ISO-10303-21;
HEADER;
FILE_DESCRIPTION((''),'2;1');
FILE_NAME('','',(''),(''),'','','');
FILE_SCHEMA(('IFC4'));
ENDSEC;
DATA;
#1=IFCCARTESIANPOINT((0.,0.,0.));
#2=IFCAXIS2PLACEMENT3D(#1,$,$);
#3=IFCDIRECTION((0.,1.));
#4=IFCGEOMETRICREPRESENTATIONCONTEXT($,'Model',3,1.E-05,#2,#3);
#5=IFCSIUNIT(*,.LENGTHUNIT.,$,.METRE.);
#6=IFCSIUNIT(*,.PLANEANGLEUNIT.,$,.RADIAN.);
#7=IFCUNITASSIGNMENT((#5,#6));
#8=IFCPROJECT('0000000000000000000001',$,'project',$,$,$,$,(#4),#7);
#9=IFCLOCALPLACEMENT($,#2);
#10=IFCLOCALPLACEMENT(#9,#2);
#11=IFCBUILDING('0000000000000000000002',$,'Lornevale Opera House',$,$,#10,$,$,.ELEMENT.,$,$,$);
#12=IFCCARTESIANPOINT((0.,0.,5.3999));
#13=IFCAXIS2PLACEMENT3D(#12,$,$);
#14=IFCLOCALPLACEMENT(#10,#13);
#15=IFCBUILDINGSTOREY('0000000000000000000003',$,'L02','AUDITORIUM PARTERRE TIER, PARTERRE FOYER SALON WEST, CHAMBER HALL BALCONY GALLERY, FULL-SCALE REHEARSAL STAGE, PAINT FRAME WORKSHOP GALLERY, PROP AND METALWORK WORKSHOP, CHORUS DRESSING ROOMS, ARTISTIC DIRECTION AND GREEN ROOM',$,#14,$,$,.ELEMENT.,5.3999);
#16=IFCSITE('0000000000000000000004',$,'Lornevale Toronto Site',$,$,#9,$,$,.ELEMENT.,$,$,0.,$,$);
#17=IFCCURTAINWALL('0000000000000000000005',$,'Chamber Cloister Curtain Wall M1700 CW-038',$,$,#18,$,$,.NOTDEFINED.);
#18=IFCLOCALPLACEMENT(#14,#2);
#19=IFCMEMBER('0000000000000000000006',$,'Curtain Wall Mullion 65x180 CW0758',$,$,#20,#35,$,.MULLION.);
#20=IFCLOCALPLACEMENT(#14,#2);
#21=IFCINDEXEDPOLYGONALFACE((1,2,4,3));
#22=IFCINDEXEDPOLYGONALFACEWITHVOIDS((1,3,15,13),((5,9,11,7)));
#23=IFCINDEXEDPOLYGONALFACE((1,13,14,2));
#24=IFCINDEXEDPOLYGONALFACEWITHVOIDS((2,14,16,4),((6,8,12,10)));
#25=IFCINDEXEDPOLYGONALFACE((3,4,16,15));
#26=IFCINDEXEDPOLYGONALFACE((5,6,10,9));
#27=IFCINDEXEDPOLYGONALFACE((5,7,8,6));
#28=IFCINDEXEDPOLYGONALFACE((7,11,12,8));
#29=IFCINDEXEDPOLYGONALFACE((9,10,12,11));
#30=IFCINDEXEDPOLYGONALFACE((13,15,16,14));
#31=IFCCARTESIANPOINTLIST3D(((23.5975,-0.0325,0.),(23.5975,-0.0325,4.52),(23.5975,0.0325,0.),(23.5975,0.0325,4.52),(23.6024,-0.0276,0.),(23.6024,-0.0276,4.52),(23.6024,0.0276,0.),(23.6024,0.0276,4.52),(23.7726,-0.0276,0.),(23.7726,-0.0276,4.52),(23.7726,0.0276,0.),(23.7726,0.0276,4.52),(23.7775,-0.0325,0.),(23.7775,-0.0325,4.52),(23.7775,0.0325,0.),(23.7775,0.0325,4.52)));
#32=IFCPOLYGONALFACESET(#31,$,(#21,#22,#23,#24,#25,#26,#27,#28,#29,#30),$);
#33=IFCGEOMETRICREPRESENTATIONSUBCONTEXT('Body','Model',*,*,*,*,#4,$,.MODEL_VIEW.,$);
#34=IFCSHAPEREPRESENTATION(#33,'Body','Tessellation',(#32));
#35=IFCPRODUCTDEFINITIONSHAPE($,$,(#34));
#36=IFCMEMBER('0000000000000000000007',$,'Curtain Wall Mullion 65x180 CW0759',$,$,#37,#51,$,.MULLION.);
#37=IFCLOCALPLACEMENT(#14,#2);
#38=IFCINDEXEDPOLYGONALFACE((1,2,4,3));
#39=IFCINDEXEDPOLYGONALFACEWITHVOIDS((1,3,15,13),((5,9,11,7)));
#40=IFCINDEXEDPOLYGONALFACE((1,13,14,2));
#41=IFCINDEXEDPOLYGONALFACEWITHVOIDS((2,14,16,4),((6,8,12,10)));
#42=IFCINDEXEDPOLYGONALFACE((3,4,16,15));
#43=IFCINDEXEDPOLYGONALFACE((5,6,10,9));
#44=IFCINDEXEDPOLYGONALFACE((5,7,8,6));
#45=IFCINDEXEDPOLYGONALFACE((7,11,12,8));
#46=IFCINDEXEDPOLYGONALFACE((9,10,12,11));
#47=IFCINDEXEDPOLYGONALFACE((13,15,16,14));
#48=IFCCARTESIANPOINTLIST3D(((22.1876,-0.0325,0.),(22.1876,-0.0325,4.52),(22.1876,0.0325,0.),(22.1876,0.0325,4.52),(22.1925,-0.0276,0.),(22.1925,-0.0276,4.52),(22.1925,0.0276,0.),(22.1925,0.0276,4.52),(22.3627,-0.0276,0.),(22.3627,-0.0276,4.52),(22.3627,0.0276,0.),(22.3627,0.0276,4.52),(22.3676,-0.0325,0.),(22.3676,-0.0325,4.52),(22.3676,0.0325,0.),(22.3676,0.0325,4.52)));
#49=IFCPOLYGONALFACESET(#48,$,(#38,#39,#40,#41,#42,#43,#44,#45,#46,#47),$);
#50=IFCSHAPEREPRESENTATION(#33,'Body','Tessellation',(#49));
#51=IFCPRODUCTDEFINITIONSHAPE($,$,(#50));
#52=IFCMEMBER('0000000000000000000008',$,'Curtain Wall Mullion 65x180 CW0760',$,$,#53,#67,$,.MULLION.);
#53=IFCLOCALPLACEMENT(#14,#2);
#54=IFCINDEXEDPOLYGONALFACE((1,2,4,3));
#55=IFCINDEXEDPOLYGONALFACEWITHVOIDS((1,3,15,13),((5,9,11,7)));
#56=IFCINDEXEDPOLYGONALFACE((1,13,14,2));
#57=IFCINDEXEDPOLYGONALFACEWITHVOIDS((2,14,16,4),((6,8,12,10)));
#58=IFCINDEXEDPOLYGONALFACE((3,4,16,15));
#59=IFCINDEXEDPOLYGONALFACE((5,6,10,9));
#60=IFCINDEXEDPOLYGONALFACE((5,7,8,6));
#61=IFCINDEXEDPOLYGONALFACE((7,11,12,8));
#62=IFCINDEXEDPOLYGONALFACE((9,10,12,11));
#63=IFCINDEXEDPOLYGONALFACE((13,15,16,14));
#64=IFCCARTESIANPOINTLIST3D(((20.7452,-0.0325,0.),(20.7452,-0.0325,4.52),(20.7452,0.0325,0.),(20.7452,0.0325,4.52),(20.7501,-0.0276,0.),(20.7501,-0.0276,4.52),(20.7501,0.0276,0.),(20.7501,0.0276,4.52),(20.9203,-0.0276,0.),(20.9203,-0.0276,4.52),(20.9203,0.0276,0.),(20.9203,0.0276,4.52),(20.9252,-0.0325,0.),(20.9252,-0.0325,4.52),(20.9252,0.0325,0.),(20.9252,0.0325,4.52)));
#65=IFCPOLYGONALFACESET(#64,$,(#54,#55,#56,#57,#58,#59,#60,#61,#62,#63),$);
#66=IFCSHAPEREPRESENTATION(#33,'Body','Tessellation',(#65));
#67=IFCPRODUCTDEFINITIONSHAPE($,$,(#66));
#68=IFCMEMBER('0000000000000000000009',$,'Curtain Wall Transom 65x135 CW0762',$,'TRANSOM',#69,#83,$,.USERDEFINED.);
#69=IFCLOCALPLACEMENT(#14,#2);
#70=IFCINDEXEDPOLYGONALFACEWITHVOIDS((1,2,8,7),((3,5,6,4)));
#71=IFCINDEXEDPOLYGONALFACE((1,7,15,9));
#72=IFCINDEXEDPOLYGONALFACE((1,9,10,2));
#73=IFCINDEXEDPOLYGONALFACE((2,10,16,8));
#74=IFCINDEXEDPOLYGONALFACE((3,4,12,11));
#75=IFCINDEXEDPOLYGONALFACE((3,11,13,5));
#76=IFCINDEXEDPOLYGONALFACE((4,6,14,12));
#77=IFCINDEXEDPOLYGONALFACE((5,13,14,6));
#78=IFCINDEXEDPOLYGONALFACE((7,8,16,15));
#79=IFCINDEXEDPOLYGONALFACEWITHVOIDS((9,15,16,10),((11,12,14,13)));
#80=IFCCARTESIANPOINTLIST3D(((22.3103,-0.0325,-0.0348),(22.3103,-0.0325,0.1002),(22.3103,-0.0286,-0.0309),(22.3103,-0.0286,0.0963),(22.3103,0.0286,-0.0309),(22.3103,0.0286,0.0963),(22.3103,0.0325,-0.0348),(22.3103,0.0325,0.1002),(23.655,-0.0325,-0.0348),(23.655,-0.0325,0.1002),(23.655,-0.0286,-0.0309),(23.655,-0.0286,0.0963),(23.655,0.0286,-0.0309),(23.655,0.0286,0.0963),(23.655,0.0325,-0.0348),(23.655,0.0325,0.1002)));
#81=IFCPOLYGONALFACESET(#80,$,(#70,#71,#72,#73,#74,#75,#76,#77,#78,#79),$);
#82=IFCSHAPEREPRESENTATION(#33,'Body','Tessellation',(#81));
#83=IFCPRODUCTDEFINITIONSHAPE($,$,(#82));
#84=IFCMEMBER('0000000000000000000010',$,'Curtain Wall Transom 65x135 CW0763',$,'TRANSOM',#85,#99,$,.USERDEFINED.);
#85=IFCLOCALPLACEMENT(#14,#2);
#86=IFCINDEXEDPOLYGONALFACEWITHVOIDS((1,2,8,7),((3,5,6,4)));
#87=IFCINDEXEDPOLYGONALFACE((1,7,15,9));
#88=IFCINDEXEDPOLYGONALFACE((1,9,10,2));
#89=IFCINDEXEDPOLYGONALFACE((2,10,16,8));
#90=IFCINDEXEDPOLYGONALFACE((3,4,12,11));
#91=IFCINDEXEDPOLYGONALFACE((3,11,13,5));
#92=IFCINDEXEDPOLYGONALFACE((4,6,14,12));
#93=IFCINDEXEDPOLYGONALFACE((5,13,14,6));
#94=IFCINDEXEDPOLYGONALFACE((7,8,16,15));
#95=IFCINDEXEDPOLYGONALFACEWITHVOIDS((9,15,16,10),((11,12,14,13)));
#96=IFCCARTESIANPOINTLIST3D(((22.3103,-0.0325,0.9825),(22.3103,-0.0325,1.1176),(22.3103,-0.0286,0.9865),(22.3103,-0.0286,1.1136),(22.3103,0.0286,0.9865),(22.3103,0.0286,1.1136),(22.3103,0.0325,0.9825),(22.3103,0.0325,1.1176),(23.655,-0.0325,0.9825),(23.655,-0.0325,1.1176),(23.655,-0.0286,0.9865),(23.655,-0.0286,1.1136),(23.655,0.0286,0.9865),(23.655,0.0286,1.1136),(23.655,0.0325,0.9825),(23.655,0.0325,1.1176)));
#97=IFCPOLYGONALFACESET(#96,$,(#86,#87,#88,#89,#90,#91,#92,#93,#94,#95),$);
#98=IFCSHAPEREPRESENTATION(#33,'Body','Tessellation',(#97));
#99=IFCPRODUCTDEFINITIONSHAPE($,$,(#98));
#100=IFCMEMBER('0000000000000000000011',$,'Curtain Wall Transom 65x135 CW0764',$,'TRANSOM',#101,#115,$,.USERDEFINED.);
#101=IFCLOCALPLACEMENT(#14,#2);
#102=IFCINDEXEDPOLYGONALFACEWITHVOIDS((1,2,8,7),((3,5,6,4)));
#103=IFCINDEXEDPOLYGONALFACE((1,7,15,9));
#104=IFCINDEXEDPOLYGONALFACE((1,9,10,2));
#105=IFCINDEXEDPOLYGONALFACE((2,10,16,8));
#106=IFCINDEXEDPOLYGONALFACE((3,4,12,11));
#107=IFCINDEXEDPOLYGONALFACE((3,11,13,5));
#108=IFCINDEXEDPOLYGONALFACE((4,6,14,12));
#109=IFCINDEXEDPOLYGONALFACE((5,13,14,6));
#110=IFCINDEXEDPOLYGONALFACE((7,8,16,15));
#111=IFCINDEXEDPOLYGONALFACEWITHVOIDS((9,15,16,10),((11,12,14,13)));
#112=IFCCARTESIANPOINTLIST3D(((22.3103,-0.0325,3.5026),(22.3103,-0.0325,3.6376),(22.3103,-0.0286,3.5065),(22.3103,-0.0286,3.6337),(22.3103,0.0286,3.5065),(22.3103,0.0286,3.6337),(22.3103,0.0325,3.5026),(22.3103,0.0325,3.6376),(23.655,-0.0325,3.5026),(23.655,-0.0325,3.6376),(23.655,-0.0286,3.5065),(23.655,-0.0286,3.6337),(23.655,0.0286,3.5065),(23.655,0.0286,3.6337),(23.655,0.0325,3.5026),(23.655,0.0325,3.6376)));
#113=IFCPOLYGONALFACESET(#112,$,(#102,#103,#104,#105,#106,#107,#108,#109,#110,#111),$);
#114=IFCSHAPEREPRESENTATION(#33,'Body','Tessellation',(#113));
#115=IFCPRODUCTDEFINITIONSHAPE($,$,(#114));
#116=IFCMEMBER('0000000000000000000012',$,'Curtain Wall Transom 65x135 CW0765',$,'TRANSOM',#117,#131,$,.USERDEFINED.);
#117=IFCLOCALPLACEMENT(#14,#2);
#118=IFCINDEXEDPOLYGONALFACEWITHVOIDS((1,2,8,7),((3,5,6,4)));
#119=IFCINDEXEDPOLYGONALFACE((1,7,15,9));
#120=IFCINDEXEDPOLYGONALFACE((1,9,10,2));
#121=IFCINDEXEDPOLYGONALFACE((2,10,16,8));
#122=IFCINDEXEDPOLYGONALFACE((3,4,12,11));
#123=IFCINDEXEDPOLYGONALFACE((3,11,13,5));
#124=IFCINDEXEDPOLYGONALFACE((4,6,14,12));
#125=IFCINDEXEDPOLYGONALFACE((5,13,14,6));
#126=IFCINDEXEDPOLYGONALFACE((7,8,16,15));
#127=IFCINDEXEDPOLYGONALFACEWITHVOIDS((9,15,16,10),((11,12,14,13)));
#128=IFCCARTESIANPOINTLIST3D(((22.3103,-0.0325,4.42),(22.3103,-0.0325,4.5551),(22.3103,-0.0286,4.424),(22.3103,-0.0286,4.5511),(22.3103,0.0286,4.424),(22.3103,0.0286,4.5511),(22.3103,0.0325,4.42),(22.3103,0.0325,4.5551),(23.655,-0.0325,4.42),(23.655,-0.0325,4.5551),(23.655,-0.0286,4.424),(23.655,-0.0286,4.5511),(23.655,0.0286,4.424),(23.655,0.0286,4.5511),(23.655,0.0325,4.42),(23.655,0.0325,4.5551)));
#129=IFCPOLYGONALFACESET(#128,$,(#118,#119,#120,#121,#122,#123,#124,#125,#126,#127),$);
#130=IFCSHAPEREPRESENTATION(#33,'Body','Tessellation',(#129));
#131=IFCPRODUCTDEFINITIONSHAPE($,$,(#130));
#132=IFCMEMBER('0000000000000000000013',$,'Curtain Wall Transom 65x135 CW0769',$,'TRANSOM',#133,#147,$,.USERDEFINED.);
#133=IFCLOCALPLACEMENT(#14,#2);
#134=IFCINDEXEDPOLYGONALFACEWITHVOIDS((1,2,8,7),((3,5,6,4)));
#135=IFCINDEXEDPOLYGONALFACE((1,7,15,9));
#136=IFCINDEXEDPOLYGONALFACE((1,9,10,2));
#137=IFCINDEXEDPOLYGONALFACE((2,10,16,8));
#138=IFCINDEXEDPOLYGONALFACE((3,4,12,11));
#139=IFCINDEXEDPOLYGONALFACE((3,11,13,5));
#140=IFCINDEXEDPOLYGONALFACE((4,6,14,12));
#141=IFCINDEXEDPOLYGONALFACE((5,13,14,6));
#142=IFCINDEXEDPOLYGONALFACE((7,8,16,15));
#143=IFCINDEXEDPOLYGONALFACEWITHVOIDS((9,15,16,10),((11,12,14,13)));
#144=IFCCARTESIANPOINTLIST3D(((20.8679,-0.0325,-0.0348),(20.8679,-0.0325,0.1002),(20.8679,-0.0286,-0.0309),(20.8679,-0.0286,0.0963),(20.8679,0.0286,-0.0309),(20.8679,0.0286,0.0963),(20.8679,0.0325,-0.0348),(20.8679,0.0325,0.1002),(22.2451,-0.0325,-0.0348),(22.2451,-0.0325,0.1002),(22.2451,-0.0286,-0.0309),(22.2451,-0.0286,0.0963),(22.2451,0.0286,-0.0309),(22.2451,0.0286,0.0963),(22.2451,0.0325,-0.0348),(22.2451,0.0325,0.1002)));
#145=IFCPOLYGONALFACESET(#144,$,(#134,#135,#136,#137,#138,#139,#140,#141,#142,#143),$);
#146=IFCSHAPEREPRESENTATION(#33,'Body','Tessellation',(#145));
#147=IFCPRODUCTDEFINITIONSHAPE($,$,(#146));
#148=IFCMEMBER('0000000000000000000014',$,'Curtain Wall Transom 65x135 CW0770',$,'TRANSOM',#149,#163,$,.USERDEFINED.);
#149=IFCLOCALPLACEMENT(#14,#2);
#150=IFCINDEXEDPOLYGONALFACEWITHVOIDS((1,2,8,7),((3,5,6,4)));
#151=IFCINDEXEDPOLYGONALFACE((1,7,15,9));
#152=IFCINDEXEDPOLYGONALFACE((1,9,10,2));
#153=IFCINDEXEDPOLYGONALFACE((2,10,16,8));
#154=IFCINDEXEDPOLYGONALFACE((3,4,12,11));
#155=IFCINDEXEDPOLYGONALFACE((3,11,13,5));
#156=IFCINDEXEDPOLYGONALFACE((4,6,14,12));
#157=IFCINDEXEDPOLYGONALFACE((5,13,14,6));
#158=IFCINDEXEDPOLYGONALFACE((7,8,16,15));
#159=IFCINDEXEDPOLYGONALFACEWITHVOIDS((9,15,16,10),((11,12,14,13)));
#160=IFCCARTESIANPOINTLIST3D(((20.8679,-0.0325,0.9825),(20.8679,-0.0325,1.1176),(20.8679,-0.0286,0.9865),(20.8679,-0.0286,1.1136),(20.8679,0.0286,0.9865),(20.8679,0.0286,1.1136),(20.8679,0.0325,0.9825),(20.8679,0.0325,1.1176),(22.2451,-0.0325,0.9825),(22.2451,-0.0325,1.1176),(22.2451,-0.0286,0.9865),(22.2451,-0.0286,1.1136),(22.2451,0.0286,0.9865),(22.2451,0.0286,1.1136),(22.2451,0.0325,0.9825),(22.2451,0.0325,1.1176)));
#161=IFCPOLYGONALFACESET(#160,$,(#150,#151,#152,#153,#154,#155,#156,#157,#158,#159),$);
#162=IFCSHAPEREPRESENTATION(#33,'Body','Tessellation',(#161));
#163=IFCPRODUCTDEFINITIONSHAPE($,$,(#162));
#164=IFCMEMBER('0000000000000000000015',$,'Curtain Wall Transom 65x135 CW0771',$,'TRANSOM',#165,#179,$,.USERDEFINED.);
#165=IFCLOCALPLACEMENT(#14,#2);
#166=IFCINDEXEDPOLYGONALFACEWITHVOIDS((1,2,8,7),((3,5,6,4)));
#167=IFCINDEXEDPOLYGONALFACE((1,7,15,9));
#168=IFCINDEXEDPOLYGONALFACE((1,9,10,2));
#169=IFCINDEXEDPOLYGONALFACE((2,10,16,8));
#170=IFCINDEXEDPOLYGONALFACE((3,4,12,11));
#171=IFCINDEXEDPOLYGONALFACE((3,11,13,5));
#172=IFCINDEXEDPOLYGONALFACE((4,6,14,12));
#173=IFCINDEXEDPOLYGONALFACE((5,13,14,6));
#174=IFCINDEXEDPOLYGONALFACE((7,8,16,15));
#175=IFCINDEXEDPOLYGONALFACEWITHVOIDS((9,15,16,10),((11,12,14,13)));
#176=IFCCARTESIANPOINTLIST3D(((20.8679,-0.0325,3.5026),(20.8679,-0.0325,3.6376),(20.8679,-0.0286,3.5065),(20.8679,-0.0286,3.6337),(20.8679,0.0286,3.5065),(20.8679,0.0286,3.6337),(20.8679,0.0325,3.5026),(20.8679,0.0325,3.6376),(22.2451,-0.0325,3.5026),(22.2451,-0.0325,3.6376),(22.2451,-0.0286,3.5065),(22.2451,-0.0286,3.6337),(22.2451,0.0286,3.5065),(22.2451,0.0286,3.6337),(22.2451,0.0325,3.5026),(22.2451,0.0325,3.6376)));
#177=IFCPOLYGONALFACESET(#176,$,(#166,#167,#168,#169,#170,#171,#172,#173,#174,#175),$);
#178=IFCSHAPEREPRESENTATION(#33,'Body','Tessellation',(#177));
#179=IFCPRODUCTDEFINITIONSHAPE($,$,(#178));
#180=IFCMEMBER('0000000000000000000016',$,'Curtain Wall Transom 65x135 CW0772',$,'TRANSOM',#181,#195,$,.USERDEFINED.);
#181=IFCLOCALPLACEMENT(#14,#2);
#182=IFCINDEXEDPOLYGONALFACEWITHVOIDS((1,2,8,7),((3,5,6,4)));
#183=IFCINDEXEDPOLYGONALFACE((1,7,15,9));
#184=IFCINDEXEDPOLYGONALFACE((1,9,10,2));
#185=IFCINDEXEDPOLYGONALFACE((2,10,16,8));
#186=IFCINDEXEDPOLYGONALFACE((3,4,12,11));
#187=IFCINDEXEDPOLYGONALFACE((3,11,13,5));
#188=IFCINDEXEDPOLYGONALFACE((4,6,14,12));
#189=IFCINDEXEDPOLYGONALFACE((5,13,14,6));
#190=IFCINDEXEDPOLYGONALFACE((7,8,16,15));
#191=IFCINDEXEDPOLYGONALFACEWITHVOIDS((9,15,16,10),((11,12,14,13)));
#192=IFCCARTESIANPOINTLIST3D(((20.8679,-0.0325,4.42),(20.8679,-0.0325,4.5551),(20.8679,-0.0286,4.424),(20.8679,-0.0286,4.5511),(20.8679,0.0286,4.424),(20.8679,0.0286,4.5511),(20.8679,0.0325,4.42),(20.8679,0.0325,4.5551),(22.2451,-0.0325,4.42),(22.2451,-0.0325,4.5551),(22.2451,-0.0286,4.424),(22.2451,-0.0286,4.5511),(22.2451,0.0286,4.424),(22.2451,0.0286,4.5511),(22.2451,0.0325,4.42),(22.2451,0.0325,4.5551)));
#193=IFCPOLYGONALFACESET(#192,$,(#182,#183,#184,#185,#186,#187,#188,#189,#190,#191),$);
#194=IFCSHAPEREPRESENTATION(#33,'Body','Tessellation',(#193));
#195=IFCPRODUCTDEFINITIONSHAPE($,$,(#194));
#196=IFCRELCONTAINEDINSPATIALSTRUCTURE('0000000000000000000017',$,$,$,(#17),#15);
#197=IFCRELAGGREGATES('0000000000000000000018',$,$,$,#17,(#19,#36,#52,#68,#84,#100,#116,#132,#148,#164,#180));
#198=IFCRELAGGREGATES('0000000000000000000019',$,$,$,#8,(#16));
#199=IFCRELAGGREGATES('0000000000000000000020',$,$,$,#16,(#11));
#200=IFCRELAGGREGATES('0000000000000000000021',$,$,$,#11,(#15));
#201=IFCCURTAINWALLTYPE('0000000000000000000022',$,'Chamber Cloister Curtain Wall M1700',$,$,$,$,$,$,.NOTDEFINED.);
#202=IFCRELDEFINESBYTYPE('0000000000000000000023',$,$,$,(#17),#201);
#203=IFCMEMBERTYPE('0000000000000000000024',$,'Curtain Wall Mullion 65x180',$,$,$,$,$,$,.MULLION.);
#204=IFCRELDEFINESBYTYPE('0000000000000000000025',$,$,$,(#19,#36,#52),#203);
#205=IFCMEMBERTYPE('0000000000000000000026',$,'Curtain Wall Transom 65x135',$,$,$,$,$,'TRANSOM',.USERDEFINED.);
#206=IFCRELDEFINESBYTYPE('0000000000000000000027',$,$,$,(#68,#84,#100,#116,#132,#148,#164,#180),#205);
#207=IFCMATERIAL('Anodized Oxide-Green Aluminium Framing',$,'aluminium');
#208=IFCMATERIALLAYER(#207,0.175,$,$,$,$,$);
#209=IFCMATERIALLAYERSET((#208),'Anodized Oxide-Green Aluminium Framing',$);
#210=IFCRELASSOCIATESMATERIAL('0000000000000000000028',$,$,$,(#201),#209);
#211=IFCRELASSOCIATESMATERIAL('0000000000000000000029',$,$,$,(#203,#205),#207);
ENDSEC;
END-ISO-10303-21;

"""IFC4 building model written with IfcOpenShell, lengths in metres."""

from ifc_helpers import new_model, si_unit, direction, frame, origin, origin_2d, place, context, subcontext, project, spatial, hollow_rectangle, extrude, material, layer, layer_set, material_profile, profile_set, type_object, element, aggregate, save


model = new_model("IFC4")

# Units and contexts
model_context = context("Model", 3, precision=1e-05, world=origin(), true_north=direction((0.0, 1.0)))
body_context = subcontext(model_context, "Body", "Model", "MODEL_VIEW")
ifc_project = project(units=[si_unit("LENGTHUNIT", "METRE"), si_unit("PLANEANGLEUNIT", "RADIAN")], contexts=[model_context])

# Site, building, storey
site_placement = place(None, origin())
site = spatial("IfcSite", under=ifc_project, at=site_placement, Name="Lornevale Toronto Site", CompositionType="ELEMENT", RefElevation=0.0)
building_placement = place(site_placement, origin())
building = spatial("IfcBuilding", under=site, at=building_placement, Name="Lornevale Opera House", CompositionType="ELEMENT")
storey_placement = place(building_placement, frame((0.0, 0.0, 5.3999)))
storey = spatial("IfcBuildingStorey", under=building, at=storey_placement, Name="L02", Description="AUDITORIUM PARTERRE TIER, PARTERRE FOYER SALON WEST, CHAMBER HALL BALCONY GALLERY, FULL-SCALE REHEARSAL STAGE, PAINT FRAME WORKSHOP GALLERY, PROP AND METALWORK WORKSHOP, CHORUS DRESSING ROOMS, ARTISTIC DIRECTION AND GREEN ROOM", CompositionType="ELEMENT", Elevation=5.3999)

# Curtain wall, members
ifc_material_1 = material(Name="Anodized Oxide-Green Aluminium Framing", Category="aluminium")
ifc_layer_1 = layer(ifc_material_1, 0.175)
ifc_layer_set_1 = layer_set([ifc_layer_1], Name="Anodized Oxide-Green Aluminium Framing")
curtain_wall_type = type_object("IfcCurtainWallType", Name="Chamber Cloister Curtain Wall M1700", PredefinedType="NOTDEFINED", material=ifc_layer_set_1)
curtain_wall_placement = place(storey_placement, origin())
curtain_wall = element("IfcCurtainWall", 1, at=curtain_wall_placement, inside=storey, type_object=curtain_wall_type, Name="Chamber Cloister Curtain Wall M1700 CW-038", PredefinedType="NOTDEFINED")
ifc_material_profile_1 = material_profile(ifc_material_1, hollow_rectangle(XDim=0.0649, YDim=0.1799, WallThickness=0.0049, at=origin_2d()), Name="ALU65x180x5")
ifc_profile_set_1 = profile_set([ifc_material_profile_1], Name="Anodized Oxide-Green Aluminium Framing")
member_type_1 = type_object("IfcMemberType", Name="Curtain Wall Mullion 65x180", PredefinedType="MULLION", material=ifc_profile_set_1)
member_1_placement = place(storey_placement, frame((23.6875, 0.0, 0.0), z_axis=(0.0, 0.0, 1.0), x_axis=(0.0, -1.0, 0.0)))
member_1 = element("IfcMember", 2, at=member_1_placement, type_object=member_type_1, Name="Curtain Wall Mullion 65x180 CW0758", PredefinedType="MULLION", context=body_context, shape_type="SweptSolid", body=[
    extrude(hollow_rectangle(XDim=0.0649, YDim=0.1799, WallThickness=0.0049, at=origin_2d()), origin(), (0.0, 0.0, 1.0), 4.52),
])
member_2_placement = place(storey_placement, frame((22.2776, 0.0, 0.0), z_axis=(0.0, 0.0, 1.0), x_axis=(0.0, -1.0, 0.0)))
member_2 = element("IfcMember", 3, at=member_2_placement, type_object=member_type_1, Name="Curtain Wall Mullion 65x180 CW0759", PredefinedType="MULLION", context=body_context, shape_type="SweptSolid", body=[
    extrude(hollow_rectangle(XDim=0.0649, YDim=0.1799, WallThickness=0.0049, at=origin_2d()), origin(), (0.0, 0.0, 1.0), 4.52),
])
member_3_placement = place(storey_placement, frame((20.8352, 0.0, 0.0), z_axis=(0.0, 0.0, 1.0), x_axis=(0.0, -1.0, 0.0)))
member_3 = element("IfcMember", 4, at=member_3_placement, type_object=member_type_1, Name="Curtain Wall Mullion 65x180 CW0760", PredefinedType="MULLION", context=body_context, shape_type="SweptSolid", body=[
    extrude(hollow_rectangle(XDim=0.0649, YDim=0.1799, WallThickness=0.0049, at=origin_2d()), origin(), (0.0, 0.0, 1.0), 4.52),
])
ifc_material_profile_2 = material_profile(ifc_material_1, hollow_rectangle(XDim=0.0649, YDim=0.135, WallThickness=0.0039, at=origin_2d()), Name="ALU65x135x4")
ifc_profile_set_2 = profile_set([ifc_material_profile_2], Name="Anodized Oxide-Green Aluminium Framing")
member_type_2 = type_object("IfcMemberType", Name="Curtain Wall Transom 65x135", ElementType="TRANSOM", PredefinedType="USERDEFINED", material=ifc_profile_set_2)
member_4_placement = place(storey_placement, frame((23.655, 0.0, 0.0327), z_axis=(-1.0, 0.0, 0.0), x_axis=(0.0, -1.0, 0.0)))
member_4 = element("IfcMember", 5, at=member_4_placement, type_object=member_type_2, Name="Curtain Wall Transom 65x135 CW0762", ObjectType="TRANSOM", PredefinedType="USERDEFINED", context=body_context, shape_type="SweptSolid", body=[
    extrude(hollow_rectangle(XDim=0.0649, YDim=0.135, WallThickness=0.0039, at=origin_2d()), origin(), (0.0, 0.0, 1.0), 1.3447),
])
member_5_placement = place(storey_placement, frame((23.655, 0.0, 1.05), z_axis=(-1.0, 0.0, 0.0), x_axis=(0.0, -1.0, 0.0)))
member_5 = element("IfcMember", 6, at=member_5_placement, type_object=member_type_2, Name="Curtain Wall Transom 65x135 CW0763", ObjectType="TRANSOM", PredefinedType="USERDEFINED", context=body_context, shape_type="SweptSolid", body=[
    extrude(hollow_rectangle(XDim=0.0649, YDim=0.135, WallThickness=0.0039, at=origin_2d()), origin(), (0.0, 0.0, 1.0), 1.3447),
])
member_6_placement = place(storey_placement, frame((23.655, 0.0, 3.5701), z_axis=(-1.0, 0.0, 0.0), x_axis=(0.0, -1.0, 0.0)))
member_6 = element("IfcMember", 7, at=member_6_placement, type_object=member_type_2, Name="Curtain Wall Transom 65x135 CW0764", ObjectType="TRANSOM", PredefinedType="USERDEFINED", context=body_context, shape_type="SweptSolid", body=[
    extrude(hollow_rectangle(XDim=0.0649, YDim=0.135, WallThickness=0.0039, at=origin_2d()), origin(), (0.0, 0.0, 1.0), 1.3447),
])
member_7_placement = place(storey_placement, frame((23.655, 0.0, 4.4875), z_axis=(-1.0, 0.0, 0.0), x_axis=(0.0, -1.0, 0.0)))
member_7 = element("IfcMember", 8, at=member_7_placement, type_object=member_type_2, Name="Curtain Wall Transom 65x135 CW0765", ObjectType="TRANSOM", PredefinedType="USERDEFINED", context=body_context, shape_type="SweptSolid", body=[
    extrude(hollow_rectangle(XDim=0.0649, YDim=0.135, WallThickness=0.0039, at=origin_2d()), origin(), (0.0, 0.0, 1.0), 1.3447),
])
member_8_placement = place(storey_placement, frame((22.2451, 0.0, 0.0327), z_axis=(-1.0, 0.0, 0.0), x_axis=(0.0, -1.0, 0.0)))
member_8 = element("IfcMember", 9, at=member_8_placement, type_object=member_type_2, Name="Curtain Wall Transom 65x135 CW0769", ObjectType="TRANSOM", PredefinedType="USERDEFINED", context=body_context, shape_type="SweptSolid", body=[
    extrude(hollow_rectangle(XDim=0.0649, YDim=0.135, WallThickness=0.0039, at=origin_2d()), origin(), (0.0, 0.0, 1.0), 1.3772),
])
member_9_placement = place(storey_placement, frame((22.2451, 0.0, 1.05), z_axis=(-1.0, 0.0, 0.0), x_axis=(0.0, -1.0, 0.0)))
member_9 = element("IfcMember", 10, at=member_9_placement, type_object=member_type_2, Name="Curtain Wall Transom 65x135 CW0770", ObjectType="TRANSOM", PredefinedType="USERDEFINED", context=body_context, shape_type="SweptSolid", body=[
    extrude(hollow_rectangle(XDim=0.0649, YDim=0.135, WallThickness=0.0039, at=origin_2d()), origin(), (0.0, 0.0, 1.0), 1.3772),
])
member_10_placement = place(storey_placement, frame((22.2451, 0.0, 3.5701), z_axis=(-1.0, 0.0, 0.0), x_axis=(0.0, -1.0, 0.0)))
member_10 = element("IfcMember", 11, at=member_10_placement, type_object=member_type_2, Name="Curtain Wall Transom 65x135 CW0771", ObjectType="TRANSOM", PredefinedType="USERDEFINED", context=body_context, shape_type="SweptSolid", body=[
    extrude(hollow_rectangle(XDim=0.0649, YDim=0.135, WallThickness=0.0039, at=origin_2d()), origin(), (0.0, 0.0, 1.0), 1.3772),
])
member_11_placement = place(storey_placement, frame((22.2451, 0.0, 4.4875), z_axis=(-1.0, 0.0, 0.0), x_axis=(0.0, -1.0, 0.0)))
member_11 = element("IfcMember", 12, at=member_11_placement, type_object=member_type_2, Name="Curtain Wall Transom 65x135 CW0772", ObjectType="TRANSOM", PredefinedType="USERDEFINED", context=body_context, shape_type="SweptSolid", body=[
    extrude(hollow_rectangle(XDim=0.0649, YDim=0.135, WallThickness=0.0039, at=origin_2d()), origin(), (0.0, 0.0, 1.0), 1.3772),
])
aggregate(curtain_wall, [member_1, member_2, member_3, member_4, member_5, member_6, member_7, member_8, member_9, member_10, member_11])

save(model, "model.ifc")
